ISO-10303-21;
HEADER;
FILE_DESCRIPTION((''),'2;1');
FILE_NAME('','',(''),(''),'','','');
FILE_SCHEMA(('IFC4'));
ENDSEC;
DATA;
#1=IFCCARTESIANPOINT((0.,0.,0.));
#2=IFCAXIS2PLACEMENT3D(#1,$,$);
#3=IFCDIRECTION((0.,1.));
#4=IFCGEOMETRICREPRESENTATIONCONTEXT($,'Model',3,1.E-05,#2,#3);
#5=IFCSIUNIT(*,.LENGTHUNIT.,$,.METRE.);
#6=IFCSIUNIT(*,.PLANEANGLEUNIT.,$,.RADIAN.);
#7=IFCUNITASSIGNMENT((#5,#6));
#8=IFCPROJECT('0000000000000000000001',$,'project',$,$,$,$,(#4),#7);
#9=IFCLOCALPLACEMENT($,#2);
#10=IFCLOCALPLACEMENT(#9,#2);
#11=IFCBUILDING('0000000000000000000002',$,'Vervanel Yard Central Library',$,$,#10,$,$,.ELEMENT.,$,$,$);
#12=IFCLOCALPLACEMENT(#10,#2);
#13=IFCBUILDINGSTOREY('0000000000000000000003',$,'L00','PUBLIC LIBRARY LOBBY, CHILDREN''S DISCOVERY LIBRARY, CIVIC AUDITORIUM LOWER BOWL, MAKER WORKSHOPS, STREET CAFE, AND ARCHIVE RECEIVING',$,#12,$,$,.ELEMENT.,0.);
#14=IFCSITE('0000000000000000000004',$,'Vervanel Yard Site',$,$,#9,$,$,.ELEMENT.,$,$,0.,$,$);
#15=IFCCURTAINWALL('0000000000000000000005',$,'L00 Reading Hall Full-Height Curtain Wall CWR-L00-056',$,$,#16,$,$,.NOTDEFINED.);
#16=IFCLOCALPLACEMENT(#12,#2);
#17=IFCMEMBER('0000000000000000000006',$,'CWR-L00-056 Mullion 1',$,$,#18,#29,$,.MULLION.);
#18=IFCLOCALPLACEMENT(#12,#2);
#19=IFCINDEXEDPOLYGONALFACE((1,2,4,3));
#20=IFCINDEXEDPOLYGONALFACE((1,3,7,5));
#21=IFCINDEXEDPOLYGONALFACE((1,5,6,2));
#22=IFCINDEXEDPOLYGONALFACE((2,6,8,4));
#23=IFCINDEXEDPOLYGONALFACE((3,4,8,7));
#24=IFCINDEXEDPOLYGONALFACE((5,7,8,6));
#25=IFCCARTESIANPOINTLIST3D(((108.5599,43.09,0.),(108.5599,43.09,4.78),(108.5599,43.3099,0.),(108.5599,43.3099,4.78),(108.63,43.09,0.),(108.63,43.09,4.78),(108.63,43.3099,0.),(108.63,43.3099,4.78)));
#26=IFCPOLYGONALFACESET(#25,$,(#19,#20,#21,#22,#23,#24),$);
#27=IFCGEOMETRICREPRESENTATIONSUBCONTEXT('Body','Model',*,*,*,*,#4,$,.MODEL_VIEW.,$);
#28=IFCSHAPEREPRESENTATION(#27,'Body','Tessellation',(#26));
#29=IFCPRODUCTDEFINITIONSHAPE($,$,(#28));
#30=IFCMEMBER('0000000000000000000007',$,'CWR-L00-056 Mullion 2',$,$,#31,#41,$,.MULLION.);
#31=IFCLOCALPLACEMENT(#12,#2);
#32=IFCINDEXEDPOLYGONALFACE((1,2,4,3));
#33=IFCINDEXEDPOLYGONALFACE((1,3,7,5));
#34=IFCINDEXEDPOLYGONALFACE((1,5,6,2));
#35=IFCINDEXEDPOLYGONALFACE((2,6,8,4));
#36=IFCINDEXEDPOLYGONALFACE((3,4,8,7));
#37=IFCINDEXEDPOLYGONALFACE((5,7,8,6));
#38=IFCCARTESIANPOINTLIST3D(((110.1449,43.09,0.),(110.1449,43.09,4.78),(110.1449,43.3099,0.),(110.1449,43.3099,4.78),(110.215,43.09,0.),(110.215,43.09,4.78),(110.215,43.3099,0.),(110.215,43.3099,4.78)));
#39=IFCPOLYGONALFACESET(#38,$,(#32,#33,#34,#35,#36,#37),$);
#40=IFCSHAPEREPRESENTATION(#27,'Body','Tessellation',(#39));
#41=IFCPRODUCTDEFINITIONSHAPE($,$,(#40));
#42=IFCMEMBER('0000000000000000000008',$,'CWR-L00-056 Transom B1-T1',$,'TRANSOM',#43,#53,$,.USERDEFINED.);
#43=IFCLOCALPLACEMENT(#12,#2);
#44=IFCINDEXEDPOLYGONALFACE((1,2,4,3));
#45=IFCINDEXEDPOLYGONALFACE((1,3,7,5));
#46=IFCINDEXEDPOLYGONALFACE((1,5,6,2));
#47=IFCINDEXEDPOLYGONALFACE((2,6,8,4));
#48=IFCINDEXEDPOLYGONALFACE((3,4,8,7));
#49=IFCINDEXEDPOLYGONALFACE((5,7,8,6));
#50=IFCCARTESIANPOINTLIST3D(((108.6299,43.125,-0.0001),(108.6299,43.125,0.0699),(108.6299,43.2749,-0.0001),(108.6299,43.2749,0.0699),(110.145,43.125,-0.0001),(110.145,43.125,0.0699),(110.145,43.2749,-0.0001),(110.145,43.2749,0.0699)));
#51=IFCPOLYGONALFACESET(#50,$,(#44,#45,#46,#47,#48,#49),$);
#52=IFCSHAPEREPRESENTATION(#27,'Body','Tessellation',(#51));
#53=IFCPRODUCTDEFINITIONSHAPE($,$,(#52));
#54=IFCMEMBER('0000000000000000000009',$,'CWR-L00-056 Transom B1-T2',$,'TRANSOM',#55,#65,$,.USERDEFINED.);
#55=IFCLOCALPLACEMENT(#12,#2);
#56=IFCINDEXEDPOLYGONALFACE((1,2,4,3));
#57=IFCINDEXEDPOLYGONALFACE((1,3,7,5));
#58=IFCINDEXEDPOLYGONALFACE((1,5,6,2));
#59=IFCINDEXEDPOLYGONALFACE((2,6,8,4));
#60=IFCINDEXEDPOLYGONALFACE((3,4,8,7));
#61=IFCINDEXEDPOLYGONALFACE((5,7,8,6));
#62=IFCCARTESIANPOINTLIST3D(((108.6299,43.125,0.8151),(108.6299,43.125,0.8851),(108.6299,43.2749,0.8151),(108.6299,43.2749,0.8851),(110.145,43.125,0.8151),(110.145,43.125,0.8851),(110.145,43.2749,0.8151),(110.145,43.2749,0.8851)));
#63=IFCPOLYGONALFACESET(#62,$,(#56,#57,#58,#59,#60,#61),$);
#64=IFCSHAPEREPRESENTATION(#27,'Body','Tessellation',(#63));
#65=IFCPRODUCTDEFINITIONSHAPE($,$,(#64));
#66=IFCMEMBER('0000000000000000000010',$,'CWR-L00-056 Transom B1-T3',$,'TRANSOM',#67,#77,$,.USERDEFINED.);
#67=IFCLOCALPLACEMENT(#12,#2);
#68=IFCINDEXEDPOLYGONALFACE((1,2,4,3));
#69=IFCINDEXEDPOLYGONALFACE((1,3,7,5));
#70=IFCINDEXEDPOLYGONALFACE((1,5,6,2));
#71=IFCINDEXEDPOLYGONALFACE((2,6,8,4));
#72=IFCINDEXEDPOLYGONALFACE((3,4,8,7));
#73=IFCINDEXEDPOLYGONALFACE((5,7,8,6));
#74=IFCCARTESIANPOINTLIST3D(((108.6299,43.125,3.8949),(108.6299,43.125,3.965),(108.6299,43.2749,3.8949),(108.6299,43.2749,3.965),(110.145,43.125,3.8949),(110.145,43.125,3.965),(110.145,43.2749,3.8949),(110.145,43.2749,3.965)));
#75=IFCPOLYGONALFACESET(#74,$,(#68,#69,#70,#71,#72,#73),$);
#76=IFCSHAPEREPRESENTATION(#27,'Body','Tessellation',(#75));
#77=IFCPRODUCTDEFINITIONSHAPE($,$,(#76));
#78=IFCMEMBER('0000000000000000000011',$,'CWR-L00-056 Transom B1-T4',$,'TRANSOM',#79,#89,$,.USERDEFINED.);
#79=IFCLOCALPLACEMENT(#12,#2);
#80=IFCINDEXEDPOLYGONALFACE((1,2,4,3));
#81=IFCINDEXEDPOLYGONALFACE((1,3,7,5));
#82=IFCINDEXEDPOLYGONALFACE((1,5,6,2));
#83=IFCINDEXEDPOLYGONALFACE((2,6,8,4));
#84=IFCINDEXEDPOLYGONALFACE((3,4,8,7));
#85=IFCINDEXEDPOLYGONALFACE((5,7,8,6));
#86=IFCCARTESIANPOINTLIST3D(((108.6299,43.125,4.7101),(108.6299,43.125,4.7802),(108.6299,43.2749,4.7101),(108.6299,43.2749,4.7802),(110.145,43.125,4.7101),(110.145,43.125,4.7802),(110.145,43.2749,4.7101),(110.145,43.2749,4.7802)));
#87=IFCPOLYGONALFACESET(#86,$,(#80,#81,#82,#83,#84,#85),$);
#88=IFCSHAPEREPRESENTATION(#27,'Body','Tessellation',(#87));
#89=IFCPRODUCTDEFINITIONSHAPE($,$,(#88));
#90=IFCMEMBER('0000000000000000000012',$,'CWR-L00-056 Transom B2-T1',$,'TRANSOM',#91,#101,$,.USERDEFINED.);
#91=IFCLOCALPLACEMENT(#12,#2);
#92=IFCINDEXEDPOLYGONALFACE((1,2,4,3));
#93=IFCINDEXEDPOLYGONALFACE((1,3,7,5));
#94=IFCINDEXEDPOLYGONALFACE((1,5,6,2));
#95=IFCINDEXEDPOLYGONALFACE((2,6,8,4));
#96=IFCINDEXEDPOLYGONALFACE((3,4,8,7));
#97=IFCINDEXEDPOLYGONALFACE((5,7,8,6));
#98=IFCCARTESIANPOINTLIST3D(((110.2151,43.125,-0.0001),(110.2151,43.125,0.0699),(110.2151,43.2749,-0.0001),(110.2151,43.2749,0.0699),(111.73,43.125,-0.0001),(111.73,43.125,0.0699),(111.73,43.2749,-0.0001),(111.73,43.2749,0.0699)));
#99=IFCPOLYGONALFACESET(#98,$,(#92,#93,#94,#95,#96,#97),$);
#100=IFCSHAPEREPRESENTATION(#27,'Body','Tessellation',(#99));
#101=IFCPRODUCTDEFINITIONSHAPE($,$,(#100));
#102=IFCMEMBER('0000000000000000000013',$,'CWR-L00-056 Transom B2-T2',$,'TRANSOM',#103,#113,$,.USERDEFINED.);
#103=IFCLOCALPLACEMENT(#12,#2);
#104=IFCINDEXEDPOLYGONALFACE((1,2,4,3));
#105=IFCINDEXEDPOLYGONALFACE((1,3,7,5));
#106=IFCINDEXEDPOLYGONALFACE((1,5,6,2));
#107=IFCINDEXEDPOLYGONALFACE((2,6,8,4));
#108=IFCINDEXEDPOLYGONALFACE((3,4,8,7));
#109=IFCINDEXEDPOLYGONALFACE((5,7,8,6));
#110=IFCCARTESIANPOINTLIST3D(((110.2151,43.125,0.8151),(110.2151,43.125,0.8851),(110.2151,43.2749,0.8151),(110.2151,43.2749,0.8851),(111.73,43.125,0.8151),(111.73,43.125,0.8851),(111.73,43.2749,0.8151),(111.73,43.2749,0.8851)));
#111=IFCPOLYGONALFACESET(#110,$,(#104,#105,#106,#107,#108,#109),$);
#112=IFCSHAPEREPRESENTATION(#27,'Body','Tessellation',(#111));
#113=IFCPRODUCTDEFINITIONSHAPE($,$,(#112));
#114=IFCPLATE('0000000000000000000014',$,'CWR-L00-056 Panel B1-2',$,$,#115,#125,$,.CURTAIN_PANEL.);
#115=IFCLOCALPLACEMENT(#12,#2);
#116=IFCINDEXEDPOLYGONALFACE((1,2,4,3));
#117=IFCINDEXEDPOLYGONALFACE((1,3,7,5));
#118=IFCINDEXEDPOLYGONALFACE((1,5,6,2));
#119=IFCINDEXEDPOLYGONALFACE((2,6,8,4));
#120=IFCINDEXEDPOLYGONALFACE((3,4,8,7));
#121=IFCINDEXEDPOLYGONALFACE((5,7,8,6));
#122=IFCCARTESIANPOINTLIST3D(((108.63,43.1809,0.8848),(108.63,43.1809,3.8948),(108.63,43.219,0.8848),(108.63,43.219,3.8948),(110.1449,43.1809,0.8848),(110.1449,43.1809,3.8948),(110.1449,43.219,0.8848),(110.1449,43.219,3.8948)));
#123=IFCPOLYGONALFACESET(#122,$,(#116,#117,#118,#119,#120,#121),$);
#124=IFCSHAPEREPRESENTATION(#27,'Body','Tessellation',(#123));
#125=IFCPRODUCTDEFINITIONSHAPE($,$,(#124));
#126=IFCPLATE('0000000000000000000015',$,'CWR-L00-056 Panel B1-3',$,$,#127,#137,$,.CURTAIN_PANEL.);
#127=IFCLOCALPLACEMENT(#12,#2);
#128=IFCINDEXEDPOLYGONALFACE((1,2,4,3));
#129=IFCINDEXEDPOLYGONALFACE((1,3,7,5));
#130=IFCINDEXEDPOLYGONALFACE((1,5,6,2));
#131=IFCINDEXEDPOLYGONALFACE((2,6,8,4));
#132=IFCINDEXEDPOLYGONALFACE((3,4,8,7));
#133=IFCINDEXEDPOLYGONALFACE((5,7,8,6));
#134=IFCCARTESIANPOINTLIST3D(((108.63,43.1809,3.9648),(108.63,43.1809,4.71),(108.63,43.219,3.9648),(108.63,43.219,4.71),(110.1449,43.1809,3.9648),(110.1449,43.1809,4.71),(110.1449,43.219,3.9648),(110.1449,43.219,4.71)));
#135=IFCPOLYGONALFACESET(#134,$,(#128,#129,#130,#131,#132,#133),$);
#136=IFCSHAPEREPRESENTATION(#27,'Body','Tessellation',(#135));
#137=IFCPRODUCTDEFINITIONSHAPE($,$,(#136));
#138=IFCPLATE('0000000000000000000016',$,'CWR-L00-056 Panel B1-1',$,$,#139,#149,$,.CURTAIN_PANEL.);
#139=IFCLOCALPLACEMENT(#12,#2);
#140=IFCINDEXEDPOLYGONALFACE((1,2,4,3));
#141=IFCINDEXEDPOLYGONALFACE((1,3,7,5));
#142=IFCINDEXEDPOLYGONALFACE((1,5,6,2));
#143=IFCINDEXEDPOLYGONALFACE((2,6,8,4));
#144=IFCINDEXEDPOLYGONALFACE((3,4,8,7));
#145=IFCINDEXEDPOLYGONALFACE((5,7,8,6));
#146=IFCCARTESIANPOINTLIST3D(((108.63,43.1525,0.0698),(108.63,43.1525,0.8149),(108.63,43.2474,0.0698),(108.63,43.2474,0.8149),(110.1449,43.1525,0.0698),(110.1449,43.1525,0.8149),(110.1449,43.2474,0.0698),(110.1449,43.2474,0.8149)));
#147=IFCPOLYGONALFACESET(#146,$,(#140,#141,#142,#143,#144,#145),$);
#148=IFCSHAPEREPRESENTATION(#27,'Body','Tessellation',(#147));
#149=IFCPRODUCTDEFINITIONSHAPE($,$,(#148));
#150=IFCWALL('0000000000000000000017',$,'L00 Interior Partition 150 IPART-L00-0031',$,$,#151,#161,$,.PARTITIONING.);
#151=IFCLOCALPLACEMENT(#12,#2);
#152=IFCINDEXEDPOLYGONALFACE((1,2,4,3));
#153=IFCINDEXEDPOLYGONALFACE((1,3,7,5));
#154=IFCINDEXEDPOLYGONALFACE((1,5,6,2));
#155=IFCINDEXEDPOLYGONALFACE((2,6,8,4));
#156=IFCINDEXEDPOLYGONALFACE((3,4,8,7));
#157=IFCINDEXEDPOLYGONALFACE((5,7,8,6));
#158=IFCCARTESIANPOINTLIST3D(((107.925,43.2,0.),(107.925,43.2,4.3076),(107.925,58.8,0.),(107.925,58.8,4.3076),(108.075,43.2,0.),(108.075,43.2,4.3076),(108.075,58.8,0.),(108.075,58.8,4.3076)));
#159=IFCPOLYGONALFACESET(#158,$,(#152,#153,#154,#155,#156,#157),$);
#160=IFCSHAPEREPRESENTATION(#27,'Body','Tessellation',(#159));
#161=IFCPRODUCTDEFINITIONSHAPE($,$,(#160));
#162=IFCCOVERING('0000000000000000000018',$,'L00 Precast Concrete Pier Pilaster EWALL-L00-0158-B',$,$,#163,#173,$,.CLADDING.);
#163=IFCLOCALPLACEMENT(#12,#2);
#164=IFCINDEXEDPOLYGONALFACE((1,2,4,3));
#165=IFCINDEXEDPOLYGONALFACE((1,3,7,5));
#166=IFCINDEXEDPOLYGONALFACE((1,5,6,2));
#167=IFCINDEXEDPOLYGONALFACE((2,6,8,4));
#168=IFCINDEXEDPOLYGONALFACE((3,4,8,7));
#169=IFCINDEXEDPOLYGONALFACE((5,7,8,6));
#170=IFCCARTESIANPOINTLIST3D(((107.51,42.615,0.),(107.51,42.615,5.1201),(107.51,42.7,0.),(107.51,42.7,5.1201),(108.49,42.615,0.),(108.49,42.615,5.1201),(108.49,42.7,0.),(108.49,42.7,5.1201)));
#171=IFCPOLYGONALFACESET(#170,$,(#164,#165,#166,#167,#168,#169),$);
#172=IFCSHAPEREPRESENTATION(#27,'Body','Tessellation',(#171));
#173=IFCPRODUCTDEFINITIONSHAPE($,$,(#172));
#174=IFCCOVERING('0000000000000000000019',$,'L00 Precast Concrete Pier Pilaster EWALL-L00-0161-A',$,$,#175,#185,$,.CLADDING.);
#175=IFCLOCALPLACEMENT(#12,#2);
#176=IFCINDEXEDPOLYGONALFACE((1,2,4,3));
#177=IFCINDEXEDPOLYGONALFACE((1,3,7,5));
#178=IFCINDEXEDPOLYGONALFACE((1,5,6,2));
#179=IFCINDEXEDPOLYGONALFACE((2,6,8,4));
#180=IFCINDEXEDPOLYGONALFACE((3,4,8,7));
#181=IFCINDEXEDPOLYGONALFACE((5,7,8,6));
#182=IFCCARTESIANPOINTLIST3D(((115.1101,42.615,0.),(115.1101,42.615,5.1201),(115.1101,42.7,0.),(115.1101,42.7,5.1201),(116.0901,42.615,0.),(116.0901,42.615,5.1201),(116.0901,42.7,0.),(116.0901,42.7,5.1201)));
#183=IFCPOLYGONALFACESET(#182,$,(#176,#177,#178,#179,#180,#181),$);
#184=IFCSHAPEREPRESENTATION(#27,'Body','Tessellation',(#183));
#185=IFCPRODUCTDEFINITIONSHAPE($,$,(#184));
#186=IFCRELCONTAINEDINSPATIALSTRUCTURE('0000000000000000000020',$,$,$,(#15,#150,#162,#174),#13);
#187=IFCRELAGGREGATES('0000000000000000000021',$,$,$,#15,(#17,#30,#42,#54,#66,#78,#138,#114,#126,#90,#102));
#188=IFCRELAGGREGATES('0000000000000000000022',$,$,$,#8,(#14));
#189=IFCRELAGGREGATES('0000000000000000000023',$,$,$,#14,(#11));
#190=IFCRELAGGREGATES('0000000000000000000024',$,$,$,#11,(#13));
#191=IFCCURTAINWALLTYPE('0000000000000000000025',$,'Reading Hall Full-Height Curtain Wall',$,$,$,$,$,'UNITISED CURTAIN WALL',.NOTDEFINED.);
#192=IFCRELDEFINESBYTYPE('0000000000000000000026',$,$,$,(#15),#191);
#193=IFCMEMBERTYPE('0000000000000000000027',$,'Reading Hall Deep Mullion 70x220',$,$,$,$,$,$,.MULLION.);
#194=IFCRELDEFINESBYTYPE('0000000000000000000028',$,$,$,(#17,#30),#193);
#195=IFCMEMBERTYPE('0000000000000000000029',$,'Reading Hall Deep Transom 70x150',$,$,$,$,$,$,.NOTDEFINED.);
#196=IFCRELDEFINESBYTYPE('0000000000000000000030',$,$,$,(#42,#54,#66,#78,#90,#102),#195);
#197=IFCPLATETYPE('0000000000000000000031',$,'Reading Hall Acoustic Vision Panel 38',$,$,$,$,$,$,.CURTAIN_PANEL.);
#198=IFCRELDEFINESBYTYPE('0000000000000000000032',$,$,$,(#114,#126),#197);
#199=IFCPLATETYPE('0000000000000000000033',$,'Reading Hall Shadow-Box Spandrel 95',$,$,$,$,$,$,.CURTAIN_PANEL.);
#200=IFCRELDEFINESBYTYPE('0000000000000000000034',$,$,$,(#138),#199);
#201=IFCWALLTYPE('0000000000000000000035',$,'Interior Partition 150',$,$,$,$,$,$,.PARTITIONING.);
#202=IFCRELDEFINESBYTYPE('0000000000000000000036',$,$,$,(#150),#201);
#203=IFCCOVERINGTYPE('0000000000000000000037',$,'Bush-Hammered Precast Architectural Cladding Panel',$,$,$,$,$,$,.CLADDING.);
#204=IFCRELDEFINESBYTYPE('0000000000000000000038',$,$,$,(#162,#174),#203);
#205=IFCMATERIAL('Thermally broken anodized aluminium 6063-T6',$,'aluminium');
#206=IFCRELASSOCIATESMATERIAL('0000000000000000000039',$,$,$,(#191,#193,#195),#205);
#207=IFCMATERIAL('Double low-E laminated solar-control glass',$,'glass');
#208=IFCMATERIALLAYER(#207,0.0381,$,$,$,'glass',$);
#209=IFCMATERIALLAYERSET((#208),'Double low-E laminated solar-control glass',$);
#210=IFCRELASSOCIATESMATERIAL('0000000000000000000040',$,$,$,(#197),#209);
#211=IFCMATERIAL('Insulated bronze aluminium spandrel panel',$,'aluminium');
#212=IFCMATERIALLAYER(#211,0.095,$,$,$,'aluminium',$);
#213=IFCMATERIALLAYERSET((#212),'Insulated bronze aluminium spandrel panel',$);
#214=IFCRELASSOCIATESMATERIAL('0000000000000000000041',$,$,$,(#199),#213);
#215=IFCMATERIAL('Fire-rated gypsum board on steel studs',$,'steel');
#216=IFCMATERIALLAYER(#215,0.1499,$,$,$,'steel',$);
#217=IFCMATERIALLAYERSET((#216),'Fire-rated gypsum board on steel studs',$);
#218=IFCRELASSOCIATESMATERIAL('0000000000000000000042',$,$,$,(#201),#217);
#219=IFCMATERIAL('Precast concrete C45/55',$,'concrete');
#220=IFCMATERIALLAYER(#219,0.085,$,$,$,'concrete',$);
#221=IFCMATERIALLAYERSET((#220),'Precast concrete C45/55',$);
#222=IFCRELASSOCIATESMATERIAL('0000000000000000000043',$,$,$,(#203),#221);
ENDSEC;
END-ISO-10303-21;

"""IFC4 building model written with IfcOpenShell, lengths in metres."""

from ifc_helpers import new_model, si_unit, direction, frame, frame_2d, origin, origin_2d, place, context, subcontext, project, spatial, rectangle, extrude, material, layer, layer_set, material_profile, profile_set, type_object, element, aggregate, save


model = new_model("IFC4")

# Units and contexts
model_context = context("Model", 3, precision=1e-05, world=origin(), true_north=direction((0.0, 1.0)))
body_context = subcontext(model_context, "Body", "Model", "MODEL_VIEW")
ifc_project = project(units=[si_unit("LENGTHUNIT", "METRE"), si_unit("PLANEANGLEUNIT", "RADIAN")], contexts=[model_context])

# Site, building, storey
site_placement = place(None, origin())
site = spatial("IfcSite", under=ifc_project, at=site_placement, Name="Vervanel Yard Site", CompositionType="ELEMENT", RefElevation=0.0)
building_placement = place(site_placement, origin())
building = spatial("IfcBuilding", under=site, at=building_placement, Name="Vervanel Yard Central Library", CompositionType="ELEMENT")
storey_placement = place(building_placement, origin())
storey = spatial("IfcBuildingStorey", under=building, at=storey_placement, Name="L00", Description="PUBLIC LIBRARY LOBBY, CHILDREN'S DISCOVERY LIBRARY, CIVIC AUDITORIUM LOWER BOWL, MAKER WORKSHOPS, STREET CAFE, AND ARCHIVE RECEIVING", CompositionType="ELEMENT", Elevation=0.0)

# Curtain wall, members, plates
ifc_material_1 = material(Name="Thermally broken anodized aluminium 6063-T6", Category="aluminium")
curtain_wall_type = type_object("IfcCurtainWallType", Name="Reading Hall Full-Height Curtain Wall", ElementType="UNITISED CURTAIN WALL", PredefinedType="NOTDEFINED", material=ifc_material_1)
curtain_wall_placement = place(storey_placement, origin())
curtain_wall = element("IfcCurtainWall", 1, at=curtain_wall_placement, inside=storey, type_object=curtain_wall_type, Name="L00 Reading Hall Full-Height Curtain Wall CWR-L00-056", PredefinedType="NOTDEFINED")
ifc_material_profile_1 = material_profile(ifc_material_1, rectangle(XDim=0.0701, YDim=0.22, at=origin_2d()), Name="ALU 70x220", Category="aluminium")
ifc_profile_set_1 = profile_set([ifc_material_profile_1], Name="Thermally broken anodized aluminium 6063-T6")
member_type_1 = type_object("IfcMemberType", Name="Reading Hall Deep Mullion 70x220", PredefinedType="MULLION", material=ifc_profile_set_1)
member_1_placement = place(storey_placement, frame((108.595, 43.2, 0.0), z_axis=(0.0, 0.0, 1.0), x_axis=(1.0, 0.0, 0.0)))
member_1 = element("IfcMember", 2, at=member_1_placement, type_object=member_type_1, Name="CWR-L00-056 Mullion 1", PredefinedType="MULLION", context=body_context, shape_type="SweptSolid", body=[
    extrude(rectangle(XDim=0.0701, YDim=0.22, at=origin_2d()), origin(), (0.0, 0.0, 1.0), 4.78),
])
member_2_placement = place(storey_placement, frame((110.1799, 43.2, 0.0), z_axis=(0.0, 0.0, 1.0), x_axis=(1.0, 0.0, 0.0)))
member_2 = element("IfcMember", 3, at=member_2_placement, type_object=member_type_1, Name="CWR-L00-056 Mullion 2", PredefinedType="MULLION", context=body_context, shape_type="SweptSolid", body=[
    extrude(rectangle(XDim=0.0701, YDim=0.22, at=origin_2d()), origin(), (0.0, 0.0, 1.0), 4.78),
])
ifc_material_profile_2 = material_profile(ifc_material_1, rectangle(XDim=0.0701, YDim=0.1499, at=origin_2d()), Name="ALU 70x150", Category="aluminium")
ifc_profile_set_2 = profile_set([ifc_material_profile_2], Name="Thermally broken anodized aluminium 6063-T6")
member_type_2 = type_object("IfcMemberType", Name="Reading Hall Deep Transom 70x150", PredefinedType="NOTDEFINED", material=ifc_profile_set_2)
member_3_placement = place(storey_placement, frame((108.6299, 43.2, 0.0349), z_axis=(1.0, 0.0, 0.0), x_axis=(0.0, 0.0, 1.0)))
member_3 = element("IfcMember", 4, at=member_3_placement, type_object=member_type_2, Name="CWR-L00-056 Transom B1-T1", ObjectType="TRANSOM", PredefinedType="USERDEFINED", context=body_context, shape_type="SweptSolid", body=[
    extrude(rectangle(XDim=0.0701, YDim=0.1499, at=origin_2d()), origin(), (0.0, 0.0, 1.0), 1.5151),
])
member_4_placement = place(storey_placement, frame((108.6299, 43.2, 0.8501), z_axis=(1.0, 0.0, 0.0), x_axis=(0.0, 0.0, 1.0)))
member_4 = element("IfcMember", 5, at=member_4_placement, type_object=member_type_2, Name="CWR-L00-056 Transom B1-T2", ObjectType="TRANSOM", PredefinedType="USERDEFINED", context=body_context, shape_type="SweptSolid", body=[
    extrude(rectangle(XDim=0.0701, YDim=0.1499, at=origin_2d()), origin(), (0.0, 0.0, 1.0), 1.5151),
])
member_5_placement = place(storey_placement, frame((108.6299, 43.2, 3.9299), z_axis=(1.0, 0.0, 0.0), x_axis=(0.0, 0.0, 1.0)))
member_5 = element("IfcMember", 6, at=member_5_placement, type_object=member_type_2, Name="CWR-L00-056 Transom B1-T3", ObjectType="TRANSOM", PredefinedType="USERDEFINED", context=body_context, shape_type="SweptSolid", body=[
    extrude(rectangle(XDim=0.0701, YDim=0.1499, at=origin_2d()), origin(), (0.0, 0.0, 1.0), 1.5151),
])
member_6_placement = place(storey_placement, frame((108.6299, 43.2, 4.7451), z_axis=(1.0, 0.0, 0.0), x_axis=(0.0, 0.0, 1.0)))
member_6 = element("IfcMember", 7, at=member_6_placement, type_object=member_type_2, Name="CWR-L00-056 Transom B1-T4", ObjectType="TRANSOM", PredefinedType="USERDEFINED", context=body_context, shape_type="SweptSolid", body=[
    extrude(rectangle(XDim=0.0701, YDim=0.1499, at=origin_2d()), origin(), (0.0, 0.0, 1.0), 1.5151),
])
member_7_placement = place(storey_placement, frame((110.2151, 43.2, 0.0349), z_axis=(1.0, 0.0, 0.0), x_axis=(0.0, 0.0, 1.0)))
member_7 = element("IfcMember", 8, at=member_7_placement, type_object=member_type_2, Name="CWR-L00-056 Transom B2-T1", ObjectType="TRANSOM", PredefinedType="USERDEFINED", context=body_context, shape_type="SweptSolid", body=[
    extrude(rectangle(XDim=0.0701, YDim=0.1499, at=origin_2d()), origin(), (0.0, 0.0, 1.0), 1.5149),
])
member_8_placement = place(storey_placement, frame((110.2151, 43.2, 0.8501), z_axis=(1.0, 0.0, 0.0), x_axis=(0.0, 0.0, 1.0)))
member_8 = element("IfcMember", 9, at=member_8_placement, type_object=member_type_2, Name="CWR-L00-056 Transom B2-T2", ObjectType="TRANSOM", PredefinedType="USERDEFINED", context=body_context, shape_type="SweptSolid", body=[
    extrude(rectangle(XDim=0.0701, YDim=0.1499, at=origin_2d()), origin(), (0.0, 0.0, 1.0), 1.5149),
])
ifc_material_2 = material(Name="Double low-E laminated solar-control glass", Category="glass")
ifc_layer_1 = layer(ifc_material_2, 0.0381, Category="glass")
ifc_layer_set_1 = layer_set([ifc_layer_1], Name="Double low-E laminated solar-control glass")
plate_type_1 = type_object("IfcPlateType", Name="Reading Hall Acoustic Vision Panel 38", PredefinedType="CURTAIN_PANEL", material=ifc_layer_set_1)
plate_1_placement = place(storey_placement, frame((109.3875, 43.2, 0.8848), z_axis=(0.0, 0.0, 1.0), x_axis=(1.0, 0.0, 0.0)))
plate_1 = element("IfcPlate", 10, at=plate_1_placement, type_object=plate_type_1, Name="CWR-L00-056 Panel B1-2", PredefinedType="CURTAIN_PANEL", context=body_context, shape_type="SweptSolid", body=[
    extrude(rectangle(XDim=1.5149, YDim=0.0381, at=origin_2d()), origin(), (0.0, 0.0, 1.0), 3.01),
])
plate_2_placement = place(storey_placement, frame((109.3875, 43.2, 3.9648), z_axis=(0.0, 0.0, 1.0), x_axis=(1.0, 0.0, 0.0)))
plate_2 = element("IfcPlate", 11, at=plate_2_placement, type_object=plate_type_1, Name="CWR-L00-056 Panel B1-3", PredefinedType="CURTAIN_PANEL", context=body_context, shape_type="SweptSolid", body=[
    extrude(rectangle(XDim=1.5149, YDim=0.0381, at=origin_2d()), origin(), (0.0, 0.0, 1.0), 0.7451),
])
ifc_material_3 = material(Name="Insulated bronze aluminium spandrel panel", Category="aluminium")
ifc_layer_2 = layer(ifc_material_3, 0.095, Category="aluminium")
ifc_layer_set_2 = layer_set([ifc_layer_2], Name="Insulated bronze aluminium spandrel panel")
plate_type_2 = type_object("IfcPlateType", Name="Reading Hall Shadow-Box Spandrel 95", PredefinedType="CURTAIN_PANEL", material=ifc_layer_set_2)
plate_3_placement = place(storey_placement, frame((109.3875, 43.2, 0.0698), z_axis=(0.0, 0.0, 1.0), x_axis=(1.0, 0.0, 0.0)))
plate_3 = element("IfcPlate", 12, at=plate_3_placement, type_object=plate_type_2, Name="CWR-L00-056 Panel B1-1", PredefinedType="CURTAIN_PANEL", context=body_context, shape_type="SweptSolid", body=[
    extrude(rectangle(XDim=1.5149, YDim=0.095, at=origin_2d()), origin(), (0.0, 0.0, 1.0), 0.7451),
])
aggregate(curtain_wall, [member_1, member_2, member_3, member_4, member_5, member_6, plate_3, plate_1, plate_2, member_7, member_8])

# Wall
ifc_material_4 = material(Name="Fire-rated gypsum board on steel studs", Category="steel")
ifc_layer_3 = layer(ifc_material_4, 0.1499, Category="steel")
ifc_layer_set_3 = layer_set([ifc_layer_3], Name="Fire-rated gypsum board on steel studs")
wall_type = type_object("IfcWallType", Name="Interior Partition 150", PredefinedType="PARTITIONING", material=ifc_layer_set_3)
wall_placement = place(storey_placement, frame((108.0, 43.2, 0.0), z_axis=(0.0, 0.0, 1.0), x_axis=(0.0, 1.0, 0.0)))
element("IfcWall", 13, at=wall_placement, inside=storey, type_object=wall_type, Name="L00 Interior Partition 150 IPART-L00-0031", PredefinedType="PARTITIONING", context=body_context, shape_type="SweptSolid", body=[
    extrude(rectangle(XDim=15.6001, YDim=0.1499, at=frame_2d((7.8, 0.0))), origin(), (0.0, 0.0, 1.0), 4.3076),
])

# Coverings
ifc_material_5 = material(Name="Precast concrete C45/55", Category="concrete")
ifc_layer_4 = layer(ifc_material_5, 0.085, Category="concrete")
ifc_layer_set_4 = layer_set([ifc_layer_4], Name="Precast concrete C45/55")
covering_type = type_object("IfcCoveringType", Name="Bush-Hammered Precast Architectural Cladding Panel", PredefinedType="CLADDING", material=ifc_layer_set_4)
for number, where, z_axis, x_axis, name in (
    (14, (108.0, 42.6575, 0.0), (0.0, 0.0, 1.0), (1.0, 0.0, 0.0), "L00 Precast Concrete Pier Pilaster EWALL-L00-0158-B"),
    (15, (115.6001, 42.6575, 0.0), (0.0, 0.0, 1.0), (1.0, 0.0, 0.0), "L00 Precast Concrete Pier Pilaster EWALL-L00-0161-A"),
):
    element("IfcCovering", number, at=place(storey_placement, frame(where, z_axis=z_axis, x_axis=x_axis)), inside=storey, type_object=covering_type, Name=name, PredefinedType="CLADDING", context=body_context, shape_type="SweptSolid", body=[
        extrude(rectangle(XDim=0.98, YDim=0.085, at=origin_2d()), origin(), (0.0, 0.0, 1.0), 5.1201),
    ])

save(model, "model.ifc")
